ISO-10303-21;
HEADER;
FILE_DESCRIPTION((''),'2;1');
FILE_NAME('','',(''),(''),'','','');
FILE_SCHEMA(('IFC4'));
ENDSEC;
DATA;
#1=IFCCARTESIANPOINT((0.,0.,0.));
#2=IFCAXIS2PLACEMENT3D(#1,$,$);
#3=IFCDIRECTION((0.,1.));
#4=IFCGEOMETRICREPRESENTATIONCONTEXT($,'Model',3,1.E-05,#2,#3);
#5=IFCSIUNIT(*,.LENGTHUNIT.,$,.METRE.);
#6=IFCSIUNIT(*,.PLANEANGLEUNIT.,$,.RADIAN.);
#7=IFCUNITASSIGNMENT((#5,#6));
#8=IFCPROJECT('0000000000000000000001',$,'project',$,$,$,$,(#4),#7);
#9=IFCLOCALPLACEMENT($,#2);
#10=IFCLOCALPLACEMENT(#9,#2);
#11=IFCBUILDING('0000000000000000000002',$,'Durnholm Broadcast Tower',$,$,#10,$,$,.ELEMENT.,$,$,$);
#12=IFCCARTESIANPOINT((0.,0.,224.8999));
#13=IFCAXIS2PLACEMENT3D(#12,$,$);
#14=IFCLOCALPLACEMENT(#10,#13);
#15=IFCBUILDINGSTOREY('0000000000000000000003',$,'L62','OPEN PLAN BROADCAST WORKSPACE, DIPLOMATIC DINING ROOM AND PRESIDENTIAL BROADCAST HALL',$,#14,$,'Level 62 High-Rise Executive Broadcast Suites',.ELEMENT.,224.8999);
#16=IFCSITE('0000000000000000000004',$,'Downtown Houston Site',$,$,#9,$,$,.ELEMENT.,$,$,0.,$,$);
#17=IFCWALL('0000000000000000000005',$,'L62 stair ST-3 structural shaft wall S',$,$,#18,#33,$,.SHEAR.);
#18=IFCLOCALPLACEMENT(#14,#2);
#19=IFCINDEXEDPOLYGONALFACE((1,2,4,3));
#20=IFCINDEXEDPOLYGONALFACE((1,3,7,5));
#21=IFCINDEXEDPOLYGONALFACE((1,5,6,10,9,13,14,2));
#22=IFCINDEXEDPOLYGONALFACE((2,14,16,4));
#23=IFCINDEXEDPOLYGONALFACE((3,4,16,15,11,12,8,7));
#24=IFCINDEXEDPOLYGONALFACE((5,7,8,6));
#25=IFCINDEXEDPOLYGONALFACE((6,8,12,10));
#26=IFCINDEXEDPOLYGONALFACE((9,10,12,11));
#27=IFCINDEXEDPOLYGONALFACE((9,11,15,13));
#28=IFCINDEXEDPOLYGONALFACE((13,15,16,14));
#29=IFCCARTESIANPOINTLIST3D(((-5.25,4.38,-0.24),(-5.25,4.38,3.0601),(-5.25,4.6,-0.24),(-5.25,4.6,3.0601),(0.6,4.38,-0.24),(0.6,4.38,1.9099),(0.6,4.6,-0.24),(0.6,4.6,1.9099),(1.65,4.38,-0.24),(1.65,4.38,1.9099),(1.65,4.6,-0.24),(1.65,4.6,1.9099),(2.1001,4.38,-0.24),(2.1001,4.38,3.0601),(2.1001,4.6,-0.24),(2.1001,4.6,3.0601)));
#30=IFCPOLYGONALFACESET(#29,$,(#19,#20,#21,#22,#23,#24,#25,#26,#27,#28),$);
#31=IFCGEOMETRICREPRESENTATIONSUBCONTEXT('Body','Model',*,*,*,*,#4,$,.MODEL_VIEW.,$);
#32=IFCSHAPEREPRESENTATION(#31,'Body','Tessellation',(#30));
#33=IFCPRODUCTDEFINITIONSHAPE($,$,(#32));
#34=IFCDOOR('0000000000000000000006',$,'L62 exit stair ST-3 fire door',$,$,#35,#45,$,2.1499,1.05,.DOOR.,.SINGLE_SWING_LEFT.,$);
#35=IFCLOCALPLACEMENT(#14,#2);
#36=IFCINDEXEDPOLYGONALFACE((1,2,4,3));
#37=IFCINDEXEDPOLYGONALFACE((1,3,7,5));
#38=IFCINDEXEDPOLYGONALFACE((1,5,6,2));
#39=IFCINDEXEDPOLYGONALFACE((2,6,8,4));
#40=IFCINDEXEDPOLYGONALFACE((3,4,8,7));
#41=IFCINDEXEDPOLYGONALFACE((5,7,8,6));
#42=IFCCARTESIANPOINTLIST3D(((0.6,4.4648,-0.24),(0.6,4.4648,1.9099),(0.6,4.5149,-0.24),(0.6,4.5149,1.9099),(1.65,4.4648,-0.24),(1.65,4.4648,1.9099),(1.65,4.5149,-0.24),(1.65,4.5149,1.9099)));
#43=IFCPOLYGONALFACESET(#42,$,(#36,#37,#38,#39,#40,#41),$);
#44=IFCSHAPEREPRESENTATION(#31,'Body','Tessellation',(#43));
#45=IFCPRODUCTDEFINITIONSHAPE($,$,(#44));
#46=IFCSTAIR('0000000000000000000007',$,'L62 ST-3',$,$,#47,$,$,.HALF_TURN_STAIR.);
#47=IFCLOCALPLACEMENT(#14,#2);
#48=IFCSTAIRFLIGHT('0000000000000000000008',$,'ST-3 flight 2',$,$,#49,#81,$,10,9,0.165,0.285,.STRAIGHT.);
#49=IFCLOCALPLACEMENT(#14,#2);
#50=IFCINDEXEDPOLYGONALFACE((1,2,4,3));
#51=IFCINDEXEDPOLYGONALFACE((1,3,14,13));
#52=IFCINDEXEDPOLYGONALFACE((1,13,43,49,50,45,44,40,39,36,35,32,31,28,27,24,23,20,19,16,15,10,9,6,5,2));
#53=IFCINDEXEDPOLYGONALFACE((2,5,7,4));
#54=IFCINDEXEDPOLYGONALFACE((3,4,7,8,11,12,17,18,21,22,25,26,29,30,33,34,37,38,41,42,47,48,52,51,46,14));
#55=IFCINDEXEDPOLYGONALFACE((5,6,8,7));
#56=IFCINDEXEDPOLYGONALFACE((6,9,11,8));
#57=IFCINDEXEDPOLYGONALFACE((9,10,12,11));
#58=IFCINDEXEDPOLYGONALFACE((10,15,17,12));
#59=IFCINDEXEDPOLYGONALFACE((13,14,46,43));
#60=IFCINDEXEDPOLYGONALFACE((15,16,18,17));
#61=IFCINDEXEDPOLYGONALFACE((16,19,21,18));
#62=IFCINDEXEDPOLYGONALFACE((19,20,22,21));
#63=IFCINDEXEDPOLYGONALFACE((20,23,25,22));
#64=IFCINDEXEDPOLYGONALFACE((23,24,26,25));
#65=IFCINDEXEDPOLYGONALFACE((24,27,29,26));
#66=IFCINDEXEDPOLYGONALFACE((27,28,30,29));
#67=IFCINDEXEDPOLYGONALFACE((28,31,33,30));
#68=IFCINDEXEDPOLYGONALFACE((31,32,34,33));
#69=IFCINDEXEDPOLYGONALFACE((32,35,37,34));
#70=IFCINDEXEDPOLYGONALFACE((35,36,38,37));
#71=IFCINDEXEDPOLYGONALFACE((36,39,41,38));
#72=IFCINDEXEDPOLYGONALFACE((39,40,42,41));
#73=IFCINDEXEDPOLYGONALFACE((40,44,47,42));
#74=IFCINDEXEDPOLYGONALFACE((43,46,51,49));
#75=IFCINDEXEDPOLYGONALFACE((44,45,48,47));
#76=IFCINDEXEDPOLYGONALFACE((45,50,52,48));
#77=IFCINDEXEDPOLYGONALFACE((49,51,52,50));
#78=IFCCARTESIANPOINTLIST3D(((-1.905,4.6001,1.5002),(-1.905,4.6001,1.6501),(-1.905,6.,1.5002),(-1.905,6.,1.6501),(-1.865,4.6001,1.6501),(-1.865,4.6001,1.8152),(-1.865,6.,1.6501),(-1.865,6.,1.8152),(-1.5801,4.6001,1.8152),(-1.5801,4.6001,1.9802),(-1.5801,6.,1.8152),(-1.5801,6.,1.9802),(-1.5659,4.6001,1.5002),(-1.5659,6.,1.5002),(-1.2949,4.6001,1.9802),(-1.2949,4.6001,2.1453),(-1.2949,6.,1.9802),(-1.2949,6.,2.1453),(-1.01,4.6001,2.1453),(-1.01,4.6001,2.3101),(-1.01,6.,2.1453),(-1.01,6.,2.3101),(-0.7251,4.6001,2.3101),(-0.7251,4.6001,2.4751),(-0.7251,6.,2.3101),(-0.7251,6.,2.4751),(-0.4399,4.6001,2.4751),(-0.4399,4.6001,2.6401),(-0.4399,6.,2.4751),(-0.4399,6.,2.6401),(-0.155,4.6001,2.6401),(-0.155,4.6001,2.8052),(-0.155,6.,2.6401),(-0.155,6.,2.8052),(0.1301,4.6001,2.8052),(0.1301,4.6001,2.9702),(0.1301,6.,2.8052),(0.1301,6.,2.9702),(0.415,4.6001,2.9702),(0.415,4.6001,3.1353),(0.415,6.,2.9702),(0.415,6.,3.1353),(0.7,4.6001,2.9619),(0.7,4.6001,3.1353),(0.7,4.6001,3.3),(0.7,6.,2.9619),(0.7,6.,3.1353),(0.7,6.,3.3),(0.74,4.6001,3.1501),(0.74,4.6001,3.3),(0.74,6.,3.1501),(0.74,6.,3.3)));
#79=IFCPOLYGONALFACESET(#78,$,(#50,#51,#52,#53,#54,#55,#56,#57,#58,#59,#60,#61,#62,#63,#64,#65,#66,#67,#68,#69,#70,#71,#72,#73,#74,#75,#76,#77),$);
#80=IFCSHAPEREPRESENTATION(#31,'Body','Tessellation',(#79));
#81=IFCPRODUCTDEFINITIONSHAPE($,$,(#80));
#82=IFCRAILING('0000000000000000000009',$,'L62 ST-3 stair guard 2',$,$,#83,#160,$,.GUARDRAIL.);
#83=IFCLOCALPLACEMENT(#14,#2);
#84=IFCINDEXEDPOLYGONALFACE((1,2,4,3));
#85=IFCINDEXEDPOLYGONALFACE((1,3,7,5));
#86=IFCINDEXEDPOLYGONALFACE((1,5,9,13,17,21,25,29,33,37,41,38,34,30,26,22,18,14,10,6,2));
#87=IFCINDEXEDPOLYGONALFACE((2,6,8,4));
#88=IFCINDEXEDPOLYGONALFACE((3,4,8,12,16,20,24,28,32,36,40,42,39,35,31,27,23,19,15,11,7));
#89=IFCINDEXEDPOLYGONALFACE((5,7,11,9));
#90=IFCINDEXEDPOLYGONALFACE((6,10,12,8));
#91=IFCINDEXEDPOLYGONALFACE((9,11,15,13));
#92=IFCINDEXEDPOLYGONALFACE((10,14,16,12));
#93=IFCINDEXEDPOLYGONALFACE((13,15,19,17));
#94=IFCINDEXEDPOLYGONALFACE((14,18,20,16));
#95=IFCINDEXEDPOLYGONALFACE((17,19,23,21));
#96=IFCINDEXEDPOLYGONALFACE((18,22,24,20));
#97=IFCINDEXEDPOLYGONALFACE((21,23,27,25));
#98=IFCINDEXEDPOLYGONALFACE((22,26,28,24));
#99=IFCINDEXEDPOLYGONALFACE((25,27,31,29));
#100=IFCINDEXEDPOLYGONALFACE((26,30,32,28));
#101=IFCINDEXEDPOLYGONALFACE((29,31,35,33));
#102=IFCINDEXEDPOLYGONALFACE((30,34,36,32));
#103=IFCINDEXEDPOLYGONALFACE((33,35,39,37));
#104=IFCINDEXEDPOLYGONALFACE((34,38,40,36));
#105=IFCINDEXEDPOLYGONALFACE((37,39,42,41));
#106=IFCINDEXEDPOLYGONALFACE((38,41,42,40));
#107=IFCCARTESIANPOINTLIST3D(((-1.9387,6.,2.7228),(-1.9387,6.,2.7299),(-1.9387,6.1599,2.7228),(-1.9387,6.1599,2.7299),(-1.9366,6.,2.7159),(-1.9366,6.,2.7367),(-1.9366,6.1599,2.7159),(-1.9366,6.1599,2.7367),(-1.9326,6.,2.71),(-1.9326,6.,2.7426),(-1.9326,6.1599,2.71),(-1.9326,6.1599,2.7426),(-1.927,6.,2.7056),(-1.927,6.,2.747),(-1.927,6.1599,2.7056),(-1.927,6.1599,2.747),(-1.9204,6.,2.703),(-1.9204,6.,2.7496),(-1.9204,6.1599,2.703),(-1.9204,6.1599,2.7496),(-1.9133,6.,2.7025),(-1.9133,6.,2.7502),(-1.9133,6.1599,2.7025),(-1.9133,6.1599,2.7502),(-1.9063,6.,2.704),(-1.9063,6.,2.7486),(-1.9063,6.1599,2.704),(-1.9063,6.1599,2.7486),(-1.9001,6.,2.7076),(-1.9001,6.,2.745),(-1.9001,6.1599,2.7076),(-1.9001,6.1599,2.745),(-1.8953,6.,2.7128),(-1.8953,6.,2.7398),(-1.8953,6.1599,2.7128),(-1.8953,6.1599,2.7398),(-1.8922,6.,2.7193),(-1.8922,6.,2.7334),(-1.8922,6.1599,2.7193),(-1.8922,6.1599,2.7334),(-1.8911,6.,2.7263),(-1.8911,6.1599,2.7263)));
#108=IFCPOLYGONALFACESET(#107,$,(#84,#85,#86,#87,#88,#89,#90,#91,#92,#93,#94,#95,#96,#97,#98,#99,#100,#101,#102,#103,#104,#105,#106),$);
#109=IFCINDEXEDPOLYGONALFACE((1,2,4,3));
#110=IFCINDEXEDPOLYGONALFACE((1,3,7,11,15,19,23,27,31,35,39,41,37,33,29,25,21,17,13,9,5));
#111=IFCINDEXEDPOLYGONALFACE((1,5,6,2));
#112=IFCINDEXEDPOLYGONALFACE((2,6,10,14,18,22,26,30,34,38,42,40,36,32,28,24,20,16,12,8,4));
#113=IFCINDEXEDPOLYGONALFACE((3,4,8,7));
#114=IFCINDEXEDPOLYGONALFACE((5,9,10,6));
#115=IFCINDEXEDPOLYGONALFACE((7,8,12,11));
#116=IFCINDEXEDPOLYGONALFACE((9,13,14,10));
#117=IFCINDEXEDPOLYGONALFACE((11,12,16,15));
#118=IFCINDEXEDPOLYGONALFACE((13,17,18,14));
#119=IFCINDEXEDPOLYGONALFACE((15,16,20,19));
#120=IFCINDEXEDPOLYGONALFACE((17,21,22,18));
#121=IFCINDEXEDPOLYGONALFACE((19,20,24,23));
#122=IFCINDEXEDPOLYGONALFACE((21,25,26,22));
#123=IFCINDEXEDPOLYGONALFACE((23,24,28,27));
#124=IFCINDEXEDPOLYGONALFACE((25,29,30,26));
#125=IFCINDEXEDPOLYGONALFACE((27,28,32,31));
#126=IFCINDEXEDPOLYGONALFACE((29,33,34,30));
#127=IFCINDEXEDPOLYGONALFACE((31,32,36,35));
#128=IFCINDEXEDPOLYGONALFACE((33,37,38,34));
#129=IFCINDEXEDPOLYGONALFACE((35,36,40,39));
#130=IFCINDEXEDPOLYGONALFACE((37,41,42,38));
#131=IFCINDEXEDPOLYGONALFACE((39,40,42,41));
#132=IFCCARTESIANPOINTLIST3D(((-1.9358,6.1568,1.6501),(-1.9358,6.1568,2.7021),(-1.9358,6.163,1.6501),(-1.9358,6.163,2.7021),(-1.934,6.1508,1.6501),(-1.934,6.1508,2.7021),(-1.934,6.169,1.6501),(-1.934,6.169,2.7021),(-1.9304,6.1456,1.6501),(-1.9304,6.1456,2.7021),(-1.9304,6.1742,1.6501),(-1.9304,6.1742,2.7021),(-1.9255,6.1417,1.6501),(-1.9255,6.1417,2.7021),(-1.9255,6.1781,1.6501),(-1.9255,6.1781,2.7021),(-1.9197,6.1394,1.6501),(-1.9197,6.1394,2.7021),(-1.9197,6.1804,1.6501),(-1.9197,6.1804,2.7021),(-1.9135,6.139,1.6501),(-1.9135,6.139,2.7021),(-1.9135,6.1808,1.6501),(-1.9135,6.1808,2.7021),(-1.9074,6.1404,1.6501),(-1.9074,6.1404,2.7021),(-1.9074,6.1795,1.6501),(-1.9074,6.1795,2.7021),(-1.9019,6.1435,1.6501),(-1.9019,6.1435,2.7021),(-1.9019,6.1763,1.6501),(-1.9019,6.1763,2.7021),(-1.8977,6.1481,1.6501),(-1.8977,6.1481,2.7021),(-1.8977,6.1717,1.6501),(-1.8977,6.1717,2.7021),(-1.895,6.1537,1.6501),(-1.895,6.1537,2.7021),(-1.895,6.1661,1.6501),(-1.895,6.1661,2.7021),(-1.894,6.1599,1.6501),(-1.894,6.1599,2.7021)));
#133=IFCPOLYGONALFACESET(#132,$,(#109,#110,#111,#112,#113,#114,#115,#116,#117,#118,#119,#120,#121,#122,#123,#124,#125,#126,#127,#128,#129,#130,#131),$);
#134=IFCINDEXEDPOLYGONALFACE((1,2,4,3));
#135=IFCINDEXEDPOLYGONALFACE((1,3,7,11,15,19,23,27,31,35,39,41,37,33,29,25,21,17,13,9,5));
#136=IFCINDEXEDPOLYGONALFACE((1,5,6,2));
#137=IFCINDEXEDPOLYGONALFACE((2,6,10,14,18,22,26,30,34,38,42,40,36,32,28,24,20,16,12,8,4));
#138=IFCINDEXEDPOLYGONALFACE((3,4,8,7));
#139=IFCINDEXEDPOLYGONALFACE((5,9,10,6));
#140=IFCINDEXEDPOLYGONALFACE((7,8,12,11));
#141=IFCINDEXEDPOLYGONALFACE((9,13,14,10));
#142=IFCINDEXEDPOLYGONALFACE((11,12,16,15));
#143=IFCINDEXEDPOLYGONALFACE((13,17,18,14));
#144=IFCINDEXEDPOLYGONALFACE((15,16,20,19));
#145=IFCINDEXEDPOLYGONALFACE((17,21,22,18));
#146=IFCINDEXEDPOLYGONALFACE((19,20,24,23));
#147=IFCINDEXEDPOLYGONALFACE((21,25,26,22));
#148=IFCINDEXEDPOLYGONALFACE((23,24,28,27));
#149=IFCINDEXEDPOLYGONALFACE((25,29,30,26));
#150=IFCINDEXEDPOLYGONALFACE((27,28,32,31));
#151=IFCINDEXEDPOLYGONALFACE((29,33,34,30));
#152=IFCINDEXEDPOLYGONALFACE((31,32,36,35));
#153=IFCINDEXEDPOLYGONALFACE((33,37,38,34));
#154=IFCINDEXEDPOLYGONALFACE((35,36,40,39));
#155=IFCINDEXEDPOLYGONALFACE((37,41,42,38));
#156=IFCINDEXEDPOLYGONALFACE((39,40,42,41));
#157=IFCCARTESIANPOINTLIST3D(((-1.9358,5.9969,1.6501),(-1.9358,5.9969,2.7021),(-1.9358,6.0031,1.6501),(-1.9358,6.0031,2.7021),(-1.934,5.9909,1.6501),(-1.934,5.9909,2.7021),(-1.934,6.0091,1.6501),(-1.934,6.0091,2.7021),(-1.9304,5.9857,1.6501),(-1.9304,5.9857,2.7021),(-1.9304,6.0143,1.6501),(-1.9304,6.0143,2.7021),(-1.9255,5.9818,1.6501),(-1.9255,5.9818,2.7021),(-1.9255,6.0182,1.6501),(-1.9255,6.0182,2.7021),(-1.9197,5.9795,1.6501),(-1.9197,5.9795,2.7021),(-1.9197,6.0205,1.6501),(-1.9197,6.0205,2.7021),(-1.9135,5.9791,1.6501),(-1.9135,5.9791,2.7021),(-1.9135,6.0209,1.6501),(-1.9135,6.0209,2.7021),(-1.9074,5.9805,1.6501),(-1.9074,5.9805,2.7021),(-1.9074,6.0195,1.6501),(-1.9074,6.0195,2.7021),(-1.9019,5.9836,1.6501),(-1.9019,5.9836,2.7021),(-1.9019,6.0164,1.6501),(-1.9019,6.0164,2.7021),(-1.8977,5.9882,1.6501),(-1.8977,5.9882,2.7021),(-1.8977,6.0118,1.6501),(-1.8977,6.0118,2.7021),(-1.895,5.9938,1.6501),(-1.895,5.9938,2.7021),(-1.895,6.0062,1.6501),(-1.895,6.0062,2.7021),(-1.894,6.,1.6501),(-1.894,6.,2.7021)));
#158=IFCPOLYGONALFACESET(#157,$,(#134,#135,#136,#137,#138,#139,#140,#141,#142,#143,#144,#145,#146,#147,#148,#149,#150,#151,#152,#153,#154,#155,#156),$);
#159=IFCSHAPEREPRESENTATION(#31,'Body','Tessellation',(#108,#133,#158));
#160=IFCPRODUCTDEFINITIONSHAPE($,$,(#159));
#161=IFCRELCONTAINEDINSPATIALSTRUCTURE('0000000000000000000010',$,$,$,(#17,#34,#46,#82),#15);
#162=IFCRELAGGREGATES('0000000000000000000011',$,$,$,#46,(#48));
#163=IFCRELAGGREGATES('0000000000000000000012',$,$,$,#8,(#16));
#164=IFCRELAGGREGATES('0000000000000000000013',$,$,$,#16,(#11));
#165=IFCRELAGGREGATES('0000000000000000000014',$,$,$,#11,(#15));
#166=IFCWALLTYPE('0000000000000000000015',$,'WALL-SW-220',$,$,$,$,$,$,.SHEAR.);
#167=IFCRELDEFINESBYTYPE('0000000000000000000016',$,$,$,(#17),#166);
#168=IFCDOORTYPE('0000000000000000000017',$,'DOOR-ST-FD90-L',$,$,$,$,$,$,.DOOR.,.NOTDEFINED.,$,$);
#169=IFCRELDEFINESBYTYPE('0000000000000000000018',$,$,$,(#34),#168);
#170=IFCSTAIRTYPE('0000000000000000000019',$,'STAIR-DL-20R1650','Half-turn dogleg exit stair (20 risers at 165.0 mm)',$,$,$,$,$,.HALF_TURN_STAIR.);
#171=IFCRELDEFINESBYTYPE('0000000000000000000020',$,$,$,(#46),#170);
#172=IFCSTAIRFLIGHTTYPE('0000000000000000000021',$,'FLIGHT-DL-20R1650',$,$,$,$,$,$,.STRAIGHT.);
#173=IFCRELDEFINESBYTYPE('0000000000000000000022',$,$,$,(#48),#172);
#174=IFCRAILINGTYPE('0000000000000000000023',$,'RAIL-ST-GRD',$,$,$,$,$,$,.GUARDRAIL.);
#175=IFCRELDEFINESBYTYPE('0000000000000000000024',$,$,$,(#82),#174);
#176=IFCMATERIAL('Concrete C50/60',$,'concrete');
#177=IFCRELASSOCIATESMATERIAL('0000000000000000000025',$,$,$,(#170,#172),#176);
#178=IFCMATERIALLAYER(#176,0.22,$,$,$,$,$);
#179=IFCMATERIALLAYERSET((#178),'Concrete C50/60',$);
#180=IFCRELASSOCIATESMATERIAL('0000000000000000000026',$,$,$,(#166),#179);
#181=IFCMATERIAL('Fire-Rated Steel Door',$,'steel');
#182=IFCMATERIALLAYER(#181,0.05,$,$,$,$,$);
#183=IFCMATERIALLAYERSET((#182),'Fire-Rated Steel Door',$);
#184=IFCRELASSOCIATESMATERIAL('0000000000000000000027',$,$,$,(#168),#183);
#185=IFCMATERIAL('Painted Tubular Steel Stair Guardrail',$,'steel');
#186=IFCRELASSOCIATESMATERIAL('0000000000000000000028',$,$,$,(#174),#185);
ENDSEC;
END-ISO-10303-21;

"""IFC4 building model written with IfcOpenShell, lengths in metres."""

from ifc_helpers import new_model, si_unit, direction, frame, frame_2d, origin, origin_2d, place, context, subcontext, project, spatial, polyline, rectangle, circle, outline, extrude, source, transform, mapped, material, layer, layer_set, type_object, type_shapes, element, fill, aggregate, save


model = new_model("IFC4")

# Units and contexts
model_context = context("Model", 3, precision=1e-05, world=origin(), true_north=direction((0.0, 1.0)))
body_context = subcontext(model_context, "Body", "Model", "MODEL_VIEW")
ifc_project = project(units=[si_unit("LENGTHUNIT", "METRE"), si_unit("PLANEANGLEUNIT", "RADIAN")], contexts=[model_context])

# Site, building, storey
site_placement = place(None, origin())
site = spatial("IfcSite", under=ifc_project, at=site_placement, Name="Downtown Houston Site", CompositionType="ELEMENT", RefElevation=0.0)
building_placement = place(site_placement, origin())
building = spatial("IfcBuilding", under=site, at=building_placement, Name="Durnholm Broadcast Tower", CompositionType="ELEMENT")
storey_placement = place(building_placement, frame((0.0, 0.0, 224.8999)))
storey = spatial("IfcBuildingStorey", under=building, at=storey_placement, Name="L62", Description="OPEN PLAN BROADCAST WORKSPACE, DIPLOMATIC DINING ROOM AND PRESIDENTIAL BROADCAST HALL", LongName="Level 62 High-Rise Executive Broadcast Suites", CompositionType="ELEMENT", Elevation=224.8999)

# Shared definitions
ifc_material_1 = material(Name="Concrete C50/60", Category="concrete")

# Shared definitions
stair_type = type_object("IfcStairType", Name="STAIR-DL-20R1650", Description="Half-turn dogleg exit stair (20 risers at 165.0 mm)", PredefinedType="HALF_TURN_STAIR", material=ifc_material_1)

# Shared definitions
ifc_layer_1 = layer(ifc_material_1, 0.22)
ifc_layer_set_1 = layer_set([ifc_layer_1], Name="Concrete C50/60")
wall_type_1 = type_object("IfcWallType", Name="WALL-SW-220", PredefinedType="SHEAR", material=ifc_layer_set_1)

# Wall, opening, door
wall_1_placement = place(storey_placement, frame((-5.25, 4.49, -0.24), z_axis=(0.0, 0.0, 1.0), x_axis=(1.0, 0.0, 0.0)))
wall_1 = element("IfcWall", 1, at=wall_1_placement, inside=storey, type_object=wall_type_1, Name="L62 stair ST-3 structural shaft wall S", PredefinedType="SHEAR", context=body_context, shape_type="SweptSolid", body=[
    extrude(rectangle(XDim=7.3501, YDim=0.22, at=frame_2d((3.675, 0.0))), origin(), (0.0, 0.0, 1.0), 3.3),
])
opening_1_placement = place(wall_1_placement, frame((5.8501, 0.0, 0.0)))
opening_1 = element("IfcOpeningElement", 2, at=opening_1_placement, cuts=wall_1, PredefinedType="OPENING", context=body_context, shape_type="SweptSolid", body=[
    extrude(rectangle(XDim=1.05, YDim=2.1499, at=frame_2d((0.5249, 1.075))), frame((0.0, 0.1201, 0.0), z_axis=(0.0, -1.0, 0.0), x_axis=(1.0, 0.0, 0.0)), (0.0, 0.0, 1.0), 0.24),
])
ifc_material_2 = material(Name="Fire-Rated Steel Door", Category="steel")
ifc_layer_2 = layer(ifc_material_2, 0.05)
ifc_layer_set_2 = layer_set([ifc_layer_2], Name="Fire-Rated Steel Door")
door_type_1 = type_object("IfcDoorType", Name="DOOR-ST-FD90-L", OperationType="NOTDEFINED", PredefinedType="DOOR", material=ifc_layer_set_2)
shared_shape_1 = source(origin(), body_context, "Body", "SweptSolid", [
    extrude(rectangle(XDim=1.05, YDim=2.1499, at=frame_2d((0.5249, 1.075))), frame((0.0, 0.0249, 0.0), z_axis=(0.0, -1.0, 0.0), x_axis=(1.0, 0.0, 0.0)), (0.0, 0.0, 1.0), 0.05),
])
type_shapes(door_type_1, [shared_shape_1])
door_1_placement = place(opening_1_placement, origin())
door_1 = element("IfcDoor", 3, at=door_1_placement, inside=storey, type_object=door_type_1, Name="L62 exit stair ST-3 fire door", OperationType="SINGLE_SWING_LEFT", OverallHeight=2.1499, OverallWidth=1.05, PredefinedType="DOOR", context=body_context, shape_type="MappedRepresentation", body=[
    mapped(shared_shape_1, transform((0.0, 0.0, 0.0), x_axis=(1.0, 0.0, 0.0), y_axis=(0.0, 1.0, 0.0), z_axis=(0.0, 0.0, 1.0), scale=1.0)),
])
fill(opening_1, door_1)

# Stair, stair flight
stair_1_placement = place(storey_placement, origin())
stair_1 = element("IfcStair", 4, at=stair_1_placement, inside=storey, type_object=stair_type, Name="L62 ST-3", PredefinedType="HALF_TURN_STAIR")
stair_flight_type = type_object("IfcStairFlightType", Name="FLIGHT-DL-20R1650", PredefinedType="STRAIGHT", material=ifc_material_1)
stair_flight_placement = place(storey_placement, frame((-1.865, 5.3, 1.6501), z_axis=(0.0, 0.0, 1.0), x_axis=(1.0, 0.0, 0.0)))
stair_flight = element("IfcStairFlight", 5, at=stair_flight_placement, type_object=stair_flight_type, Name="ST-3 flight 2", NumberOfRisers=10, NumberOfTreads=9, PredefinedType="STRAIGHT", RiserHeight=0.165, TreadLength=0.285, context=body_context, shape_type="SweptSolid", body=[
    extrude(outline(polyline([(-0.04, -0.1499), (-0.04, 0.0), (0.0, 0.0), (0.0, 0.165), (0.2849, 0.165), (0.2849, 0.3301), (0.5701, 0.3301), (0.5701, 0.4951), (0.855, 0.4951), (0.855, 0.6599), (1.1399, 0.6599), (1.1399, 0.825), (1.425, 0.825), (1.425, 0.99), (1.71, 0.99), (1.71, 1.155), (1.9951, 1.155), (1.9951, 1.3201), (2.28, 1.3201), (2.28, 1.4851), (2.5649, 1.4851), (2.5649, 1.6499), (2.605, 1.6499), (2.605, 1.5), (2.5649, 1.3118), (0.2991, -0.1499), (-0.04, -0.1499)])), frame((0.0, 0.7, 0.0), z_axis=(0.0, -1.0, 0.0), x_axis=(1.0, 0.0, 0.0)), (0.0, 0.0, 1.0), 1.3999),
])
aggregate(stair_1, [stair_flight])

# Railing
ifc_material_3 = material(Name="Painted Tubular Steel Stair Guardrail", Category="steel")
railing_type_1 = type_object("IfcRailingType", Name="RAIL-ST-GRD", PredefinedType="GUARDRAIL", material=ifc_material_3)
railing_1_placement = place(storey_placement, frame((-1.915, 6.1599, 1.6501)))
element("IfcRailing", 6, at=railing_1_placement, inside=storey, type_object=railing_type_1, Name="L62 ST-3 stair guard 2", PredefinedType="GUARDRAIL", context=body_context, shape_type="SweptSolid", body=[
    extrude(circle(Radius=0.0239, at=origin_2d()), frame((0.0, 0.0, 1.0762), z_axis=(0.0, -1.0, 0.0), x_axis=(1.0, 0.0, 0.0)), (0.0, 0.0, 1.0), 0.1599),
    extrude(circle(Radius=0.021, at=origin_2d()), origin(), (0.0, 0.0, 1.0), 1.052),
    extrude(circle(Radius=0.021, at=origin_2d()), frame((0.0, -0.1599, 0.0)), (0.0, 0.0, 1.0), 1.052),
])

save(model, "model.ifc")
